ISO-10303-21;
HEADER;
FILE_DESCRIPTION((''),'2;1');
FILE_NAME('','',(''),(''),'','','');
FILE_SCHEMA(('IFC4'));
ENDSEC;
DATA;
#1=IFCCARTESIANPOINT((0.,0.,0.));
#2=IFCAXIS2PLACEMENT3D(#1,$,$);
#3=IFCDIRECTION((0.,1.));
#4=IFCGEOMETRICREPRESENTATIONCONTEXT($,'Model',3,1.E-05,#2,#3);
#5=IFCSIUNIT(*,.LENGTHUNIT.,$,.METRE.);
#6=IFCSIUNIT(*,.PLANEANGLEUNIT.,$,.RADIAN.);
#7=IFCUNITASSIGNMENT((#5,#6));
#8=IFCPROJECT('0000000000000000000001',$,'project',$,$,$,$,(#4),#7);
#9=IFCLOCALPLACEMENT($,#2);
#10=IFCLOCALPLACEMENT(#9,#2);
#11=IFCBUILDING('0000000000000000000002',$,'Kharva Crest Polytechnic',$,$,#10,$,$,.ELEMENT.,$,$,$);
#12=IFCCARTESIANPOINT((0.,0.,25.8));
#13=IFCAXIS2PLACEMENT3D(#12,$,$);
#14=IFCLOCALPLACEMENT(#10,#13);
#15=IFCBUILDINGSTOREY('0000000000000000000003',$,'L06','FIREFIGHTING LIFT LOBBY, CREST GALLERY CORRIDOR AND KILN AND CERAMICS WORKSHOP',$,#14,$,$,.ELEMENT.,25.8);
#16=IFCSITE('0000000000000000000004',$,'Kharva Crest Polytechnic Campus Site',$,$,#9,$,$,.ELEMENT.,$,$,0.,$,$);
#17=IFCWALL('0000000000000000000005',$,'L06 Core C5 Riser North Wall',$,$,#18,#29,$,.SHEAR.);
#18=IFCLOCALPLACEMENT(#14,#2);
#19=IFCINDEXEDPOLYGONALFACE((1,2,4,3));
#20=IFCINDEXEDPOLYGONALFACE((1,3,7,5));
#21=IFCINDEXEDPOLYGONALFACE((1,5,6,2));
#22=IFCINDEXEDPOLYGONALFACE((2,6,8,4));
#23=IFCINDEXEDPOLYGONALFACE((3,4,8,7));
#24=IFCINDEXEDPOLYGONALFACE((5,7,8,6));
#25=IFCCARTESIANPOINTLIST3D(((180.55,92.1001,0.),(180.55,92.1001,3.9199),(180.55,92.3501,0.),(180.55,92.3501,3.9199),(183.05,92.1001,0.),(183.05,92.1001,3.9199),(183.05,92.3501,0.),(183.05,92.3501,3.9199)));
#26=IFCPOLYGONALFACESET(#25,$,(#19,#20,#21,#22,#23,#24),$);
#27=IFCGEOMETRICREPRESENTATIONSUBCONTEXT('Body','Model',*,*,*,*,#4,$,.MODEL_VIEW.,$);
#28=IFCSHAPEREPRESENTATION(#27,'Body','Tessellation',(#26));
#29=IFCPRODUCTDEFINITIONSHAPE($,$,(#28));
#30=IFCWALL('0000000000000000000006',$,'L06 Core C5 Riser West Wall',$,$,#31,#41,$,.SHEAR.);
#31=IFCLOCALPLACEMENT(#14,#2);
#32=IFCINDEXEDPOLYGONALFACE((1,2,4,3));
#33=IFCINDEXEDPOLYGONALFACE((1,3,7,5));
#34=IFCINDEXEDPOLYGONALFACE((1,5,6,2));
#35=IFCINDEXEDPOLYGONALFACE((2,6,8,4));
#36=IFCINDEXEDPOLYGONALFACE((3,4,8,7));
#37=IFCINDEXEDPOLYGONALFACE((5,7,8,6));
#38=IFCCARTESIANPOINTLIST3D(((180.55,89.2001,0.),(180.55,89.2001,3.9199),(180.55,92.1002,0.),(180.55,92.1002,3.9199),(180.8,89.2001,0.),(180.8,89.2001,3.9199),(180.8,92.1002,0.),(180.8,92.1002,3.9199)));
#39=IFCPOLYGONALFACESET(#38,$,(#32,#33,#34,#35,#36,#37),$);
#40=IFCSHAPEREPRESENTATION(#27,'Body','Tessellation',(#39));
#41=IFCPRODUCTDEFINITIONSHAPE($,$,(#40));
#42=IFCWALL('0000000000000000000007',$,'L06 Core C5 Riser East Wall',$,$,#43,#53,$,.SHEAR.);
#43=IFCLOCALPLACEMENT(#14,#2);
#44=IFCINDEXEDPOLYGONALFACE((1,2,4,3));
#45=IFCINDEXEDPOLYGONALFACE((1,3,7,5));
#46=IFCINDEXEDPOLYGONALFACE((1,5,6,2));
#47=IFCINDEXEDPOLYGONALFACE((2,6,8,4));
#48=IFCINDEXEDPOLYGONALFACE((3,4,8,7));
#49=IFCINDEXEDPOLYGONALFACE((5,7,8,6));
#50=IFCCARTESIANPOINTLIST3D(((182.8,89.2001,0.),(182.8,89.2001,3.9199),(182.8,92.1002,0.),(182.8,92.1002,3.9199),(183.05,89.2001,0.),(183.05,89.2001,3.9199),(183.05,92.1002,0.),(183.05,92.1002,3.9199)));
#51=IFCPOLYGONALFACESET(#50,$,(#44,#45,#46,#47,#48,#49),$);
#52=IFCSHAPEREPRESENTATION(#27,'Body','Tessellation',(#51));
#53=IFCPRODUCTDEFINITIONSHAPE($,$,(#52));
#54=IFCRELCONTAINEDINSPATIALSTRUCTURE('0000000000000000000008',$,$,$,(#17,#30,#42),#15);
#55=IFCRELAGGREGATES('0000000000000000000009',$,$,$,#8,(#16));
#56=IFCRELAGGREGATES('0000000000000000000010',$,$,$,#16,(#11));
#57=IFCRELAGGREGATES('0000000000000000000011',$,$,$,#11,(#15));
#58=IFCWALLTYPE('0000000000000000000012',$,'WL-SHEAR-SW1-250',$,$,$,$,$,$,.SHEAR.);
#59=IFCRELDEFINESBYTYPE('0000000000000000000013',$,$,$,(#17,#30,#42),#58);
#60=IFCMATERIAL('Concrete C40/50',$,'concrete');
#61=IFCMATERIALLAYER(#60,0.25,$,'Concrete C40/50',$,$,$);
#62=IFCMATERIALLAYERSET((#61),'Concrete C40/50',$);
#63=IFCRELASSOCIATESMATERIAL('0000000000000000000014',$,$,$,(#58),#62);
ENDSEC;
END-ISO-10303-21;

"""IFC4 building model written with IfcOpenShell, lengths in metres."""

from ifc_helpers import new_model, si_unit, direction, frame, frame_2d, origin, place, context, subcontext, project, spatial, rectangle, extrude, material, layer, layer_set, type_object, element, save


model = new_model("IFC4")

# Units and contexts
model_context = context("Model", 3, precision=1e-05, world=origin(), true_north=direction((0.0, 1.0)))
body_context = subcontext(model_context, "Body", "Model", "MODEL_VIEW")
ifc_project = project(units=[si_unit("LENGTHUNIT", "METRE"), si_unit("PLANEANGLEUNIT", "RADIAN")], contexts=[model_context])

# Site, building, storey
site_placement = place(None, origin())
site = spatial("IfcSite", under=ifc_project, at=site_placement, Name="Kharva Crest Polytechnic Campus Site", CompositionType="ELEMENT", RefElevation=0.0)
building_placement = place(site_placement, origin())
building = spatial("IfcBuilding", under=site, at=building_placement, Name="Kharva Crest Polytechnic", CompositionType="ELEMENT")
storey_placement = place(building_placement, frame((0.0, 0.0, 25.8)))
storey = spatial("IfcBuildingStorey", under=building, at=storey_placement, Name="L06", Description="FIREFIGHTING LIFT LOBBY, CREST GALLERY CORRIDOR AND KILN AND CERAMICS WORKSHOP", CompositionType="ELEMENT", Elevation=25.8)

# Shared definitions
ifc_material_1 = material(Name="Concrete C40/50", Category="concrete")

# Shared definitions
ifc_layer_1 = layer(ifc_material_1, 0.25, Name="Concrete C40/50")
ifc_layer_set_1 = layer_set([ifc_layer_1], Name="Concrete C40/50")
wall_type_1 = type_object("IfcWallType", Name="WL-SHEAR-SW1-250", PredefinedType="SHEAR", material=ifc_layer_set_1)

# Walls
wall_1_placement = place(storey_placement, frame((180.55, 92.2251, 0.0), z_axis=(0.0, 0.0, 1.0), x_axis=(1.0, 0.0, 0.0)))
element("IfcWall", 1, at=wall_1_placement, inside=storey, type_object=wall_type_1, Name="L06 Core C5 Riser North Wall", PredefinedType="SHEAR", context=body_context, shape_type="SweptSolid", body=[
    extrude(rectangle(XDim=2.5, YDim=0.25, at=frame_2d((1.25, 0.0))), origin(), (0.0, 0.0, 1.0), 3.9199),
])
for number, where, z_axis, x_axis, name in (
    (2, (180.675, 89.2, 0.0), (0.0, 0.0, 1.0), (0.0, 1.0, 0.0), "L06 Core C5 Riser West Wall"),
    (3, (182.925, 89.2, 0.0), (0.0, 0.0, 1.0), (0.0, 1.0, 0.0), "L06 Core C5 Riser East Wall"),
):
    element("IfcWall", number, at=place(storey_placement, frame(where, z_axis=z_axis, x_axis=x_axis)), inside=storey, type_object=wall_type_1, Name=name, PredefinedType="SHEAR", context=body_context, shape_type="SweptSolid", body=[
        extrude(rectangle(XDim=2.9001, YDim=0.25, at=frame_2d((1.4502, 0.0))), origin(), (0.0, 0.0, 1.0), 3.9199),
    ])

save(model, "model.ifc")
